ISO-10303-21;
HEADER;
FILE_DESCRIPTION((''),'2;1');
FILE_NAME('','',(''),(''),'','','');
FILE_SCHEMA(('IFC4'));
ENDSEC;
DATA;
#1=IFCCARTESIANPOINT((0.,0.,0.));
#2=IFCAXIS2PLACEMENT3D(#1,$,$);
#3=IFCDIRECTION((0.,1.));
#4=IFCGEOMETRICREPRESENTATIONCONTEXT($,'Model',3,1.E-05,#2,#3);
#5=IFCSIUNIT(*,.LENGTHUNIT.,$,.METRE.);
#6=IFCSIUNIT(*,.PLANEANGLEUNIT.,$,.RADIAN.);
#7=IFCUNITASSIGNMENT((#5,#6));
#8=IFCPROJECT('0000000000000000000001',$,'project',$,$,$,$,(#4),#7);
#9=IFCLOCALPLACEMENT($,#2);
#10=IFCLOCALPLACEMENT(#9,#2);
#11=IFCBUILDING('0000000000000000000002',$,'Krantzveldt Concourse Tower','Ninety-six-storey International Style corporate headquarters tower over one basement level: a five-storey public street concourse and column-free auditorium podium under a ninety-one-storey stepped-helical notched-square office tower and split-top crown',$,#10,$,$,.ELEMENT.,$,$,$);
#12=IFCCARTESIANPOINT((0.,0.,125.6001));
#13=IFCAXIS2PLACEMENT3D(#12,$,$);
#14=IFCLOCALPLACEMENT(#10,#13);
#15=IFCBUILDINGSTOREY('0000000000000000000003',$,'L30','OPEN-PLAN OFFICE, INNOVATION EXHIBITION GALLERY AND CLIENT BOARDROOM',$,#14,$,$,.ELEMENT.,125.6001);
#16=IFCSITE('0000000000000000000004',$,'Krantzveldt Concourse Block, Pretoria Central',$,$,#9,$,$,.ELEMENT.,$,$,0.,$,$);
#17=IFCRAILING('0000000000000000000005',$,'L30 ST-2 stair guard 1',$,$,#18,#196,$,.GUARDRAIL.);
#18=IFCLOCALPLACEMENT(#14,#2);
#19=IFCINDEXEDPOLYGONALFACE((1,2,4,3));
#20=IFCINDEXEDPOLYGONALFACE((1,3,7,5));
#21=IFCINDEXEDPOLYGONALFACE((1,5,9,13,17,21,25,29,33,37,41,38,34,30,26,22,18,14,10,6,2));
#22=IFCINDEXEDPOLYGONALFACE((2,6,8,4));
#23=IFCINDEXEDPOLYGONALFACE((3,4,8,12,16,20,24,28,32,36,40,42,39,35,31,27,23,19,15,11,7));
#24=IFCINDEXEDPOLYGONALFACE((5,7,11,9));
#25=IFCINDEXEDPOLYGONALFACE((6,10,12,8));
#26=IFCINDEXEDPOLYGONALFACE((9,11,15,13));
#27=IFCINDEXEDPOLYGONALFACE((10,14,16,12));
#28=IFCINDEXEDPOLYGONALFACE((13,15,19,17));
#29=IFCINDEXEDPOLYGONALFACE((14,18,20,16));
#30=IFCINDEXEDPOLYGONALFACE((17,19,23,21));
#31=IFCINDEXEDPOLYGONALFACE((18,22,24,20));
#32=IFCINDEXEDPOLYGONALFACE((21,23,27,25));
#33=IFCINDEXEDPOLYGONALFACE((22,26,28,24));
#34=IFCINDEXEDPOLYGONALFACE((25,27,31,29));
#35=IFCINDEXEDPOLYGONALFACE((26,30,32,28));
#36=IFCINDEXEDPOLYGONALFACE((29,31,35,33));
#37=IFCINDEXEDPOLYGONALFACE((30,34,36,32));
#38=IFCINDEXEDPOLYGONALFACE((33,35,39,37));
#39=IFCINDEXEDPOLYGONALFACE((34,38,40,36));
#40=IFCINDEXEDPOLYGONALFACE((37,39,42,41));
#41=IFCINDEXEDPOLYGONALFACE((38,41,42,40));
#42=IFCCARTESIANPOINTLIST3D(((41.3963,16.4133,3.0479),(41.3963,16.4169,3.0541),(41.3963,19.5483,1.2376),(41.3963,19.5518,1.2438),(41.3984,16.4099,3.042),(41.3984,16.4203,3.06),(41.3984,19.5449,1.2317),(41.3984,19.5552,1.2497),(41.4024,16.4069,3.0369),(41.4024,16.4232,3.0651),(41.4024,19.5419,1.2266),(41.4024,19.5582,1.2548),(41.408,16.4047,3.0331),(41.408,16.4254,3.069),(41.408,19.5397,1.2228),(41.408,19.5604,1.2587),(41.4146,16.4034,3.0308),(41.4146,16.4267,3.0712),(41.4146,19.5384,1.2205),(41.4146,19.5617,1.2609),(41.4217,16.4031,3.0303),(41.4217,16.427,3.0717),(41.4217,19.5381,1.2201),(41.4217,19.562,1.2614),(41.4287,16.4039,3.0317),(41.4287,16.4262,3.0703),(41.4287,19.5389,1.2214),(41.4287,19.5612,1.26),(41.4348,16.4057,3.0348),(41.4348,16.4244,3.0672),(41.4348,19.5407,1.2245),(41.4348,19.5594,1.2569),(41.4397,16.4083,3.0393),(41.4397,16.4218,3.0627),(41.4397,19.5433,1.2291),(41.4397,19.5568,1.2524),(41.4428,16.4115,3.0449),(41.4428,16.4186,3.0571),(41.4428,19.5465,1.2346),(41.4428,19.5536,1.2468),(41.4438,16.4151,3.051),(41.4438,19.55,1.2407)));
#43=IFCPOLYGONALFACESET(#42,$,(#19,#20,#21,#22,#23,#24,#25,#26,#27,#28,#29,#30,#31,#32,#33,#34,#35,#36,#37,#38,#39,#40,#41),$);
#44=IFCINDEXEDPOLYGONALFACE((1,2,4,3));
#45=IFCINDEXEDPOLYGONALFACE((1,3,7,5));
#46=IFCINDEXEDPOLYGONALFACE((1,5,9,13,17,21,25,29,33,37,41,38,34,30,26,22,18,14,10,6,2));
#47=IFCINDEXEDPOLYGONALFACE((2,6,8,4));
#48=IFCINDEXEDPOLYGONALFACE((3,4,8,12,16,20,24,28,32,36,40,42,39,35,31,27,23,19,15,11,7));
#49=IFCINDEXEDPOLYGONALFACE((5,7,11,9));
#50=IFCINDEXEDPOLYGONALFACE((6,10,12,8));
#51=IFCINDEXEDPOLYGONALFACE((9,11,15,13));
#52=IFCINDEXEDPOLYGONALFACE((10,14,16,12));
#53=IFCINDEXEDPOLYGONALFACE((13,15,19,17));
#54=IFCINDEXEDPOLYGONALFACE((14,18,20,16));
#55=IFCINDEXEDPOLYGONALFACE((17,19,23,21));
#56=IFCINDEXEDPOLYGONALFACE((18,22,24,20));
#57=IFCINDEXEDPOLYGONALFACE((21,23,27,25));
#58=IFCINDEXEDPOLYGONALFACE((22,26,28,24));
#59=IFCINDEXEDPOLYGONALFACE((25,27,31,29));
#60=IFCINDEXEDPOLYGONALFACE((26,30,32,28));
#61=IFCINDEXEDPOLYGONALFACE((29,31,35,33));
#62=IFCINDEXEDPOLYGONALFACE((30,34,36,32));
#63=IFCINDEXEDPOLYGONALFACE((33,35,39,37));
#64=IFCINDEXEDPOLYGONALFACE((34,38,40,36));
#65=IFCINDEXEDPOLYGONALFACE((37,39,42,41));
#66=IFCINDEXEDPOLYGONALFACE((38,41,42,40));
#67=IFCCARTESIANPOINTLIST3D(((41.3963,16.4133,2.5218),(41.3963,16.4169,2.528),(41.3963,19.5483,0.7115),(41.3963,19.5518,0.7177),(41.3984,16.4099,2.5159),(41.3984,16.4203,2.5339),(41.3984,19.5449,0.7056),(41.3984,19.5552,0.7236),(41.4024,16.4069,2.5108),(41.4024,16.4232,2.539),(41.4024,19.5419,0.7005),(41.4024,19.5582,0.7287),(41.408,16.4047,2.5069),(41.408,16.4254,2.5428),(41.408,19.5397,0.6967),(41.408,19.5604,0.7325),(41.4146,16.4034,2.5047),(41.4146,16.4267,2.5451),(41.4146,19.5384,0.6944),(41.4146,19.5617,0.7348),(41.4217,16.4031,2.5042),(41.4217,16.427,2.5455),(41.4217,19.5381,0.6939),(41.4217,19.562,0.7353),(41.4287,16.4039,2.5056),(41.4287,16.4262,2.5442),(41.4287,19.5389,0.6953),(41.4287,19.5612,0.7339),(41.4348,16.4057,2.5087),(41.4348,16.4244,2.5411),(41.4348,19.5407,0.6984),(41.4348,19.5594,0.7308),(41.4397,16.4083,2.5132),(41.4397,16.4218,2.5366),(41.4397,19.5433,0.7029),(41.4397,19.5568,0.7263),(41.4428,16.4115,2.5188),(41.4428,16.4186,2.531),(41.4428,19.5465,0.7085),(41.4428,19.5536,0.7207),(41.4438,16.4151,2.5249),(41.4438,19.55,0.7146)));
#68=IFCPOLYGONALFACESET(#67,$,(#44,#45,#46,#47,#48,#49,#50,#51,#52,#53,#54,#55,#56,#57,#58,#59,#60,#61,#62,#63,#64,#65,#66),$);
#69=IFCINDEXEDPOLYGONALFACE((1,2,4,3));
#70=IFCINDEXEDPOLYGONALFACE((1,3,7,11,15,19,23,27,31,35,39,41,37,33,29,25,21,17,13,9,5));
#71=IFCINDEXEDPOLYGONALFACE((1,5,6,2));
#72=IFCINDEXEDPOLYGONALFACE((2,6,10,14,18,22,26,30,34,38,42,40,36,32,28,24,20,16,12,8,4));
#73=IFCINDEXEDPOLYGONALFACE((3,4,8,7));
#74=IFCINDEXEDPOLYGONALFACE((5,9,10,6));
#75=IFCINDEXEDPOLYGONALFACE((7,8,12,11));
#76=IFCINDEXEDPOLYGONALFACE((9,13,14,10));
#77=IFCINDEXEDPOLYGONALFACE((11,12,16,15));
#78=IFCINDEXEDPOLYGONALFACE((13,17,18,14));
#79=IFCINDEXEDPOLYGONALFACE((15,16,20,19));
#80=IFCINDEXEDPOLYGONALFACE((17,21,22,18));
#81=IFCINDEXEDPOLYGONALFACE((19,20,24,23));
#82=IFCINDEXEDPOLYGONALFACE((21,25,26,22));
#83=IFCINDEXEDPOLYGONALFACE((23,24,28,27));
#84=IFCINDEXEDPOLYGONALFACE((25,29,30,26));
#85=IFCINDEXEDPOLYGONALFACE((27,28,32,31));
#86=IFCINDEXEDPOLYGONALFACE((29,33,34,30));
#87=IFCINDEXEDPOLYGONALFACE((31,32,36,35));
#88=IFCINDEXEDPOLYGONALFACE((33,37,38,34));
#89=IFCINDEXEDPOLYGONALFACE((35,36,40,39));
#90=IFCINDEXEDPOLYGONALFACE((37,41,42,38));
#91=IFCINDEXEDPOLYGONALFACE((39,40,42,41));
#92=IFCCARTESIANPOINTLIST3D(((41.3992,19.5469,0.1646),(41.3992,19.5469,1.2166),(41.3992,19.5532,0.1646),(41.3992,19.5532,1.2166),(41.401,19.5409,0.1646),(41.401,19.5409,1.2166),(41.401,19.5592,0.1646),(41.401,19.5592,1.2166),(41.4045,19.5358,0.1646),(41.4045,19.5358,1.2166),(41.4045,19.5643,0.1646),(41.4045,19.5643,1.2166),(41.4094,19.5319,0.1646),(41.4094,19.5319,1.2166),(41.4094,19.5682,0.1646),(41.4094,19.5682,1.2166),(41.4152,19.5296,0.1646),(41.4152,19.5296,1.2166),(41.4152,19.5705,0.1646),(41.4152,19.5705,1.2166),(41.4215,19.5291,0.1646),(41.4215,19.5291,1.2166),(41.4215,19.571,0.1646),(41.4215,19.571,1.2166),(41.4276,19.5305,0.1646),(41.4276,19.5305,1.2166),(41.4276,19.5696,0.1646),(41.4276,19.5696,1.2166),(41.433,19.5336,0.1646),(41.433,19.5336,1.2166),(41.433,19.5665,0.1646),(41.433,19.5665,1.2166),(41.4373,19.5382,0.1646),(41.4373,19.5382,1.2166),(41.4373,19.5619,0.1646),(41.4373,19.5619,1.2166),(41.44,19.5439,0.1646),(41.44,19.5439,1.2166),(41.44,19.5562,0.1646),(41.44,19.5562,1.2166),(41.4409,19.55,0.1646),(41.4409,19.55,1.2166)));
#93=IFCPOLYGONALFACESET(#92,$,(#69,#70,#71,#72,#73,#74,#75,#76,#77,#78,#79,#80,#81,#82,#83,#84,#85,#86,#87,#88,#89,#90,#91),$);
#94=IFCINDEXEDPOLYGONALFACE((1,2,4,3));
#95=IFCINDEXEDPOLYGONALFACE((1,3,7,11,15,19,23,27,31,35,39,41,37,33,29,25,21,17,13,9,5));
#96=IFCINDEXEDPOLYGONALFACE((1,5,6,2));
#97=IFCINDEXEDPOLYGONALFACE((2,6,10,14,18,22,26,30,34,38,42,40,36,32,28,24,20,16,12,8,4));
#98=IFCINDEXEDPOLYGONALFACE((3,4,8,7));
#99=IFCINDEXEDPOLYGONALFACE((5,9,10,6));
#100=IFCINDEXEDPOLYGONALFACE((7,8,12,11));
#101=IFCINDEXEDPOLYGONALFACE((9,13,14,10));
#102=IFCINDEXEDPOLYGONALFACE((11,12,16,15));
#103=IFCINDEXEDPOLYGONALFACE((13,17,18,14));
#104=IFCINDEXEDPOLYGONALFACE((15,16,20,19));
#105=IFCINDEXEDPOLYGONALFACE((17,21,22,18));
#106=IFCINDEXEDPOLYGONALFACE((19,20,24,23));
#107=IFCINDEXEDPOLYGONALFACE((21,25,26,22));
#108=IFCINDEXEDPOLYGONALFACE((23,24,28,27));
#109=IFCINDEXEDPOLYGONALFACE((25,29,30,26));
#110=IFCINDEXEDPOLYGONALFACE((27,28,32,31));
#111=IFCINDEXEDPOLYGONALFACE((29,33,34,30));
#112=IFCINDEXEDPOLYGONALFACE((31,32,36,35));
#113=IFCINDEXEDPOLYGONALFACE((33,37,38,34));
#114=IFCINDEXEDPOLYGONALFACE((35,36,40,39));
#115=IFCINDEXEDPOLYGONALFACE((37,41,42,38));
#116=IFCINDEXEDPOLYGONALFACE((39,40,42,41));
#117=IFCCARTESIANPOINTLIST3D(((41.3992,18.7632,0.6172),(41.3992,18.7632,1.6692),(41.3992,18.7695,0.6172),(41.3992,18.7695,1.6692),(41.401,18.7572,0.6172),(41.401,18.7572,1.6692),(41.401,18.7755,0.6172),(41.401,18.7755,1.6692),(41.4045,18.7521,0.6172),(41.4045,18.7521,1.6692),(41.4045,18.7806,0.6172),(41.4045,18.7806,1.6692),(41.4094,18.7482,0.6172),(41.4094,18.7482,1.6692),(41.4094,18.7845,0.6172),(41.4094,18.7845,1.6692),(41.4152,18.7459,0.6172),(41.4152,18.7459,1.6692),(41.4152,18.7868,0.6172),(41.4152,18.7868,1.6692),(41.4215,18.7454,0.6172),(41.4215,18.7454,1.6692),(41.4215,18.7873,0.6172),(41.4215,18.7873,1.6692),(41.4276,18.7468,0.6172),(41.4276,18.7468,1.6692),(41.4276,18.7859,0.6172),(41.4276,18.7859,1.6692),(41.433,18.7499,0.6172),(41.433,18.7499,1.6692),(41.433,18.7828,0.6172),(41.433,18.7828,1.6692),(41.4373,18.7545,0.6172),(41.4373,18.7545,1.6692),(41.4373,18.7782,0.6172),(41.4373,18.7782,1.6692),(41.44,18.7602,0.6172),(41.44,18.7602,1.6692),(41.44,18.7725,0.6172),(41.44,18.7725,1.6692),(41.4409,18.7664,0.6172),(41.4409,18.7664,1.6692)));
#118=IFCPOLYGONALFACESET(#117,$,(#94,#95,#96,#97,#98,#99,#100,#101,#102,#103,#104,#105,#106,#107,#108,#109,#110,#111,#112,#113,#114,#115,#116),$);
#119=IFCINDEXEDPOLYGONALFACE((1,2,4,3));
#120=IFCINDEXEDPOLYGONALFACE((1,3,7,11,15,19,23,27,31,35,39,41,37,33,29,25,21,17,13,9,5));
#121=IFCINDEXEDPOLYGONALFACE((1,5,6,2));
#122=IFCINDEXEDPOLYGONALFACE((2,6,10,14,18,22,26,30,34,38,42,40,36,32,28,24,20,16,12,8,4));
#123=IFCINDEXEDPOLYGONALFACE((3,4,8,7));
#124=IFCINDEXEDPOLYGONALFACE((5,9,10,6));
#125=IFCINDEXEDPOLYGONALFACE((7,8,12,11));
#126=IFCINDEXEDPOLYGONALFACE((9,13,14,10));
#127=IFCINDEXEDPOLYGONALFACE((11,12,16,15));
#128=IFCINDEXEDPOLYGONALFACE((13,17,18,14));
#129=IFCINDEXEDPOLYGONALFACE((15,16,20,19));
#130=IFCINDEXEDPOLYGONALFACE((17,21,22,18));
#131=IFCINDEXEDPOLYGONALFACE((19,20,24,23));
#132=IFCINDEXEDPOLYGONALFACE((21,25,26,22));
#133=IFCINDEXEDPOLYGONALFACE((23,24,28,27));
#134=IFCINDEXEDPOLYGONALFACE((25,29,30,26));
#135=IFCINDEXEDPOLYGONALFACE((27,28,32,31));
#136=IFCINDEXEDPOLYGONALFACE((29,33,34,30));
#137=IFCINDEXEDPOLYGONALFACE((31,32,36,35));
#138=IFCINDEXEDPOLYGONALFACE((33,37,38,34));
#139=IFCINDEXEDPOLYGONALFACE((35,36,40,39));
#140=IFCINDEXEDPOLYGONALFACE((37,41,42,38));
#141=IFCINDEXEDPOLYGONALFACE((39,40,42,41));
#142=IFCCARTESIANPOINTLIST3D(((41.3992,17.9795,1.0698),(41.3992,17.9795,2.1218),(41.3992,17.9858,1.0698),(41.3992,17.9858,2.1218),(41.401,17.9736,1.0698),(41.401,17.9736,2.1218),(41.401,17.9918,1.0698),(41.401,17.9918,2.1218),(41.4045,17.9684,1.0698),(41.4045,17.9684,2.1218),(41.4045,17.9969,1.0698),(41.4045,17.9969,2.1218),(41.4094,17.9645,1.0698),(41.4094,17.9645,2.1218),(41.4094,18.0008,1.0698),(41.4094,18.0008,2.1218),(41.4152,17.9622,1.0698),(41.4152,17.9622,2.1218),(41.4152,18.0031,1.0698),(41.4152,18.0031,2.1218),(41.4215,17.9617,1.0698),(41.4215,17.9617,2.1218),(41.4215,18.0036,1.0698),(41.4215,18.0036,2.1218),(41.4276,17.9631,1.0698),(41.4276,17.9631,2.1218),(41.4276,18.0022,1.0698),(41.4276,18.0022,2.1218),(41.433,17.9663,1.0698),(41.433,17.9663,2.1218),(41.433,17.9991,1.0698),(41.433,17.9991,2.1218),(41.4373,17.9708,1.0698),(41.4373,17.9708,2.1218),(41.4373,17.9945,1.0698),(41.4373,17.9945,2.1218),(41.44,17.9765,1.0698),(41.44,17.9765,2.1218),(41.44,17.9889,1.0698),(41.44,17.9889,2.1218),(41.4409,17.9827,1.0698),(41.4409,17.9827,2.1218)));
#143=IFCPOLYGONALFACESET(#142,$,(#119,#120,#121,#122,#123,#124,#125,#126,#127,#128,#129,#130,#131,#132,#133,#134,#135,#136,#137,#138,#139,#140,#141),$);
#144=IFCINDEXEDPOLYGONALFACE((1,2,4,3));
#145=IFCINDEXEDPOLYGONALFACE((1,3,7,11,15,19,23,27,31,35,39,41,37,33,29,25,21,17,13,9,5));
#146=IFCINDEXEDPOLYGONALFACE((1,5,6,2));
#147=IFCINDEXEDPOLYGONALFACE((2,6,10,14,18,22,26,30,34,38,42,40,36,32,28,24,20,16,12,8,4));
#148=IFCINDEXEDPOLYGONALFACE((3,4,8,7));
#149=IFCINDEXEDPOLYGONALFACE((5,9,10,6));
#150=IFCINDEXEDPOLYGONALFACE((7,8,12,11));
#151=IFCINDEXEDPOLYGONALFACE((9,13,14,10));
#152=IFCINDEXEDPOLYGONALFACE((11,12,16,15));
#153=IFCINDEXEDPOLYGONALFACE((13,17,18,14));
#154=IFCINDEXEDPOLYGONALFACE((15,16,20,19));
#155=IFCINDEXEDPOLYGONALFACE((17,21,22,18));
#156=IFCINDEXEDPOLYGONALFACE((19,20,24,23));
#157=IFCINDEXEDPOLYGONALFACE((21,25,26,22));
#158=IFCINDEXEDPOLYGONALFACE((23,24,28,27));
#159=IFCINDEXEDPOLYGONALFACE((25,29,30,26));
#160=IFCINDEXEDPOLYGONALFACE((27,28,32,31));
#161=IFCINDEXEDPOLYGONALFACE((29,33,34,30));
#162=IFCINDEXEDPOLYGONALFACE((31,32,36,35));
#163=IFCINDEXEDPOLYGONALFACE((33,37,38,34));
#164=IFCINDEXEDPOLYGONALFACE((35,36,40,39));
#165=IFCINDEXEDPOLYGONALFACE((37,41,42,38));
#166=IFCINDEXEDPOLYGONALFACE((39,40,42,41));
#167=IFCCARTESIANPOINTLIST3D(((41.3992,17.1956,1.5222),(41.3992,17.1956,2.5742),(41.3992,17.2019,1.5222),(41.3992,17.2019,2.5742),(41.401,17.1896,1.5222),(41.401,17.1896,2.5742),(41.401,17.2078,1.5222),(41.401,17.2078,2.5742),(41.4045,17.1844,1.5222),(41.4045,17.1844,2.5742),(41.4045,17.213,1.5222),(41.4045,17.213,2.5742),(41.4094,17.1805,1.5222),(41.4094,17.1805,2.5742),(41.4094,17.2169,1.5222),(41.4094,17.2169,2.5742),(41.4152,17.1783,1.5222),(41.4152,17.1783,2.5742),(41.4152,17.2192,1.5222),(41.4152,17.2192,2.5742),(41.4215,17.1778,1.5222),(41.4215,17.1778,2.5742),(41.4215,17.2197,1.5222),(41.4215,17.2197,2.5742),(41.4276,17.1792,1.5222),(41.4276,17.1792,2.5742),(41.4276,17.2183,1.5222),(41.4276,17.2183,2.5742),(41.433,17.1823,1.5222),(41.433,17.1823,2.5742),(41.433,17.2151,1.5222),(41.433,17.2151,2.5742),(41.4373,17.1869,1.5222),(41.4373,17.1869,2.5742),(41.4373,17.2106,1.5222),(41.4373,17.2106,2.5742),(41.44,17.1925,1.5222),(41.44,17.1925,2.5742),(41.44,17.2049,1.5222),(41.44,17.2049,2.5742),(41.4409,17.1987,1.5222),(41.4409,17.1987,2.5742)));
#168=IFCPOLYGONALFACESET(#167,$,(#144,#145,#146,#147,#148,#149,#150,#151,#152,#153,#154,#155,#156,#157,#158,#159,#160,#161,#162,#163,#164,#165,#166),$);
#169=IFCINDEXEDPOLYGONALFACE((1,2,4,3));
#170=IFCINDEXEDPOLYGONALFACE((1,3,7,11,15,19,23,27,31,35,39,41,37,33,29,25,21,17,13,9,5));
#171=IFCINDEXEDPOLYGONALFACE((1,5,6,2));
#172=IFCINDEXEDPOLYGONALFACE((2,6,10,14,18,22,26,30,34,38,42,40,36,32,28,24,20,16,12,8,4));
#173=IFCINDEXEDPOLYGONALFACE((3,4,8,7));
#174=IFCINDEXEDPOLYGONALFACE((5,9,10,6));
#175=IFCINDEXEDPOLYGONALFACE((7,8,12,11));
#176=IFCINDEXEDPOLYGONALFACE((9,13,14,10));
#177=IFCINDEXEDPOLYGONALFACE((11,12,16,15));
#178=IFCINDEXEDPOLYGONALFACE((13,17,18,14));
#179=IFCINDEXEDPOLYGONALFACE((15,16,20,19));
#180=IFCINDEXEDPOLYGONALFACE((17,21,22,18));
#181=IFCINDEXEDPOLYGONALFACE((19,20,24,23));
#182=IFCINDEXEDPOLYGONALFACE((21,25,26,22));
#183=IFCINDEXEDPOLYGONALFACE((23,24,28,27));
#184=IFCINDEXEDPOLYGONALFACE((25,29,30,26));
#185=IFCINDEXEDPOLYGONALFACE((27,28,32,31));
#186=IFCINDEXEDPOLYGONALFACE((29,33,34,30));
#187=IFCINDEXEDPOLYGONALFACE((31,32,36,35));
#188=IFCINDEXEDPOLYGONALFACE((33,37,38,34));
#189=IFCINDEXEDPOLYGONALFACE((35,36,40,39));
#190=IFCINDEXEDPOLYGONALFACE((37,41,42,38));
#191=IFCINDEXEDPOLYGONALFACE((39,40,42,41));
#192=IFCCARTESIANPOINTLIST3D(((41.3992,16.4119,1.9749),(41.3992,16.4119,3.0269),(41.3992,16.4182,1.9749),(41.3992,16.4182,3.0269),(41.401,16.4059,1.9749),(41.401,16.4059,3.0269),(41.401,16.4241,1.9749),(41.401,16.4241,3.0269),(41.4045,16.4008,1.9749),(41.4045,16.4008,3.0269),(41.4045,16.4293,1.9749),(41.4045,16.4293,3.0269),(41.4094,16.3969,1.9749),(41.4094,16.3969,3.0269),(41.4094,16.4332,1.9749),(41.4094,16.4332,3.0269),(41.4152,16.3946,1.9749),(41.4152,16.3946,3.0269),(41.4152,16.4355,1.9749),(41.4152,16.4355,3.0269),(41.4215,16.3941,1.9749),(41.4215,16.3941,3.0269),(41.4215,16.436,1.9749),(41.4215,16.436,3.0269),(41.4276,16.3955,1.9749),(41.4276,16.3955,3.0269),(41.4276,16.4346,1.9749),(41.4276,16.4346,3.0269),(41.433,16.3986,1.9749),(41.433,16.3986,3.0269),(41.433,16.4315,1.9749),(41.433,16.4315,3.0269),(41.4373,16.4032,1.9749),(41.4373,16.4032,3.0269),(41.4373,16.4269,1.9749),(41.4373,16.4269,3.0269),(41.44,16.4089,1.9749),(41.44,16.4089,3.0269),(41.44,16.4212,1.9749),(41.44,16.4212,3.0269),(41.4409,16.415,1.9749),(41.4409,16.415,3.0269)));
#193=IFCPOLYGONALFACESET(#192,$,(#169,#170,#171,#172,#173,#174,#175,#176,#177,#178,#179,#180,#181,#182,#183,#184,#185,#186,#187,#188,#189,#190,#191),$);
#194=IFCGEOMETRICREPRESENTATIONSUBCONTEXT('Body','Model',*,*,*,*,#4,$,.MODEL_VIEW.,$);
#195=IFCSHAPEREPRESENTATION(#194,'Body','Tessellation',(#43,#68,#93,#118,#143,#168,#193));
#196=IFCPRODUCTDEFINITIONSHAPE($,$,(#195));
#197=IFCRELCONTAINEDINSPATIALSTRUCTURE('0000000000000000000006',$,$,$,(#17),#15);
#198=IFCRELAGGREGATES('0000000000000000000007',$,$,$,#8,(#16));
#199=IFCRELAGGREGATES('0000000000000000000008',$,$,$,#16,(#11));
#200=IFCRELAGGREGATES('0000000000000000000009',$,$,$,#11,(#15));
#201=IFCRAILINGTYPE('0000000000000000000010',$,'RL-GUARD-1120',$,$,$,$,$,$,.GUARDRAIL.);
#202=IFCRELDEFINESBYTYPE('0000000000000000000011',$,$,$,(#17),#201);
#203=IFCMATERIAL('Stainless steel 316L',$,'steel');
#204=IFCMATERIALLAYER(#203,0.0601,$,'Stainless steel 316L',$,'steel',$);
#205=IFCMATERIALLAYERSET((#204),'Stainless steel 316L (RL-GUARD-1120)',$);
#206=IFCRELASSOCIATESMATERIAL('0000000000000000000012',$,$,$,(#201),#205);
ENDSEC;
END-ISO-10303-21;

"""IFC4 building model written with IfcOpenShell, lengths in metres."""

from ifc_helpers import new_model, si_unit, direction, frame, origin, origin_2d, place, context, subcontext, project, spatial, circle, extrude, material, layer, layer_set, type_object, element, save


model = new_model("IFC4")

# Units and contexts
model_context = context("Model", 3, precision=1e-05, world=origin(), true_north=direction((0.0, 1.0)))
body_context = subcontext(model_context, "Body", "Model", "MODEL_VIEW")
ifc_project = project(units=[si_unit("LENGTHUNIT", "METRE"), si_unit("PLANEANGLEUNIT", "RADIAN")], contexts=[model_context])

# Site, building, storey
site_placement = place(None, origin())
site = spatial("IfcSite", under=ifc_project, at=site_placement, Name="Krantzveldt Concourse Block, Pretoria Central", CompositionType="ELEMENT", RefElevation=0.0)
building_placement = place(site_placement, origin())
building = spatial("IfcBuilding", under=site, at=building_placement, Name="Krantzveldt Concourse Tower", Description="Ninety-six-storey International Style corporate headquarters tower over one basement level: a five-storey public street concourse and column-free auditorium podium under a ninety-one-storey stepped-helical notched-square office tower and split-top crown", CompositionType="ELEMENT")
storey_placement = place(building_placement, frame((0.0, 0.0, 125.6001)))
storey = spatial("IfcBuildingStorey", under=building, at=storey_placement, Name="L30", Description="OPEN-PLAN OFFICE, INNOVATION EXHIBITION GALLERY AND CLIENT BOARDROOM", CompositionType="ELEMENT", Elevation=125.6001)

# Shared definitions
ifc_material_1 = material(Name="Stainless steel 316L", Category="steel")

# Railing
ifc_layer_1 = layer(ifc_material_1, 0.0601, Name="Stainless steel 316L", Category="steel")
ifc_layer_set_1 = layer_set([ifc_layer_1], Name="Stainless steel 316L (RL-GUARD-1120)")
railing_type_1 = type_object("IfcRailingType", Name="RL-GUARD-1120", PredefinedType="GUARDRAIL", material=ifc_layer_set_1)
railing_1_placement = place(storey_placement, frame((41.4199, 19.55, 0.1646)))
element("IfcRailing", 1, at=railing_1_placement, inside=storey, type_object=railing_type_1, Name="L30 ST-2 stair guard 1", PredefinedType="GUARDRAIL", context=body_context, shape_type="SweptSolid", body=[
    extrude(circle(Radius=0.0239, at=origin_2d()), frame((0.0, 0.0, 1.0762), z_axis=(0.0, -0.865989, 0.500063), x_axis=(1.0, 0.0, 0.0)), (0.0, 0.0, 1.0), 3.6201),
    extrude(circle(Radius=0.0239, at=origin_2d()), frame((0.0, 0.0, 0.55), z_axis=(0.0, -0.865989, 0.500063), x_axis=(1.0, 0.0, 0.0)), (0.0, 0.0, 1.0), 3.6201),
    extrude(circle(Radius=0.021, at=origin_2d()), origin(), (0.0, 0.0, 1.0), 1.052),
    extrude(circle(Radius=0.021, at=origin_2d()), frame((0.0, -0.7837, 0.4526)), (0.0, 0.0, 1.0), 1.052),
    extrude(circle(Radius=0.021, at=origin_2d()), frame((0.0, -1.5674, 0.9053)), (0.0, 0.0, 1.0), 1.052),
    extrude(circle(Radius=0.021, at=origin_2d()), frame((0.0, -2.3513, 1.3577)), (0.0, 0.0, 1.0), 1.052),
    extrude(circle(Radius=0.021, at=origin_2d()), frame((0.0, -3.135, 1.8103)), (0.0, 0.0, 1.0), 1.052),
])

save(model, "model.ifc")
